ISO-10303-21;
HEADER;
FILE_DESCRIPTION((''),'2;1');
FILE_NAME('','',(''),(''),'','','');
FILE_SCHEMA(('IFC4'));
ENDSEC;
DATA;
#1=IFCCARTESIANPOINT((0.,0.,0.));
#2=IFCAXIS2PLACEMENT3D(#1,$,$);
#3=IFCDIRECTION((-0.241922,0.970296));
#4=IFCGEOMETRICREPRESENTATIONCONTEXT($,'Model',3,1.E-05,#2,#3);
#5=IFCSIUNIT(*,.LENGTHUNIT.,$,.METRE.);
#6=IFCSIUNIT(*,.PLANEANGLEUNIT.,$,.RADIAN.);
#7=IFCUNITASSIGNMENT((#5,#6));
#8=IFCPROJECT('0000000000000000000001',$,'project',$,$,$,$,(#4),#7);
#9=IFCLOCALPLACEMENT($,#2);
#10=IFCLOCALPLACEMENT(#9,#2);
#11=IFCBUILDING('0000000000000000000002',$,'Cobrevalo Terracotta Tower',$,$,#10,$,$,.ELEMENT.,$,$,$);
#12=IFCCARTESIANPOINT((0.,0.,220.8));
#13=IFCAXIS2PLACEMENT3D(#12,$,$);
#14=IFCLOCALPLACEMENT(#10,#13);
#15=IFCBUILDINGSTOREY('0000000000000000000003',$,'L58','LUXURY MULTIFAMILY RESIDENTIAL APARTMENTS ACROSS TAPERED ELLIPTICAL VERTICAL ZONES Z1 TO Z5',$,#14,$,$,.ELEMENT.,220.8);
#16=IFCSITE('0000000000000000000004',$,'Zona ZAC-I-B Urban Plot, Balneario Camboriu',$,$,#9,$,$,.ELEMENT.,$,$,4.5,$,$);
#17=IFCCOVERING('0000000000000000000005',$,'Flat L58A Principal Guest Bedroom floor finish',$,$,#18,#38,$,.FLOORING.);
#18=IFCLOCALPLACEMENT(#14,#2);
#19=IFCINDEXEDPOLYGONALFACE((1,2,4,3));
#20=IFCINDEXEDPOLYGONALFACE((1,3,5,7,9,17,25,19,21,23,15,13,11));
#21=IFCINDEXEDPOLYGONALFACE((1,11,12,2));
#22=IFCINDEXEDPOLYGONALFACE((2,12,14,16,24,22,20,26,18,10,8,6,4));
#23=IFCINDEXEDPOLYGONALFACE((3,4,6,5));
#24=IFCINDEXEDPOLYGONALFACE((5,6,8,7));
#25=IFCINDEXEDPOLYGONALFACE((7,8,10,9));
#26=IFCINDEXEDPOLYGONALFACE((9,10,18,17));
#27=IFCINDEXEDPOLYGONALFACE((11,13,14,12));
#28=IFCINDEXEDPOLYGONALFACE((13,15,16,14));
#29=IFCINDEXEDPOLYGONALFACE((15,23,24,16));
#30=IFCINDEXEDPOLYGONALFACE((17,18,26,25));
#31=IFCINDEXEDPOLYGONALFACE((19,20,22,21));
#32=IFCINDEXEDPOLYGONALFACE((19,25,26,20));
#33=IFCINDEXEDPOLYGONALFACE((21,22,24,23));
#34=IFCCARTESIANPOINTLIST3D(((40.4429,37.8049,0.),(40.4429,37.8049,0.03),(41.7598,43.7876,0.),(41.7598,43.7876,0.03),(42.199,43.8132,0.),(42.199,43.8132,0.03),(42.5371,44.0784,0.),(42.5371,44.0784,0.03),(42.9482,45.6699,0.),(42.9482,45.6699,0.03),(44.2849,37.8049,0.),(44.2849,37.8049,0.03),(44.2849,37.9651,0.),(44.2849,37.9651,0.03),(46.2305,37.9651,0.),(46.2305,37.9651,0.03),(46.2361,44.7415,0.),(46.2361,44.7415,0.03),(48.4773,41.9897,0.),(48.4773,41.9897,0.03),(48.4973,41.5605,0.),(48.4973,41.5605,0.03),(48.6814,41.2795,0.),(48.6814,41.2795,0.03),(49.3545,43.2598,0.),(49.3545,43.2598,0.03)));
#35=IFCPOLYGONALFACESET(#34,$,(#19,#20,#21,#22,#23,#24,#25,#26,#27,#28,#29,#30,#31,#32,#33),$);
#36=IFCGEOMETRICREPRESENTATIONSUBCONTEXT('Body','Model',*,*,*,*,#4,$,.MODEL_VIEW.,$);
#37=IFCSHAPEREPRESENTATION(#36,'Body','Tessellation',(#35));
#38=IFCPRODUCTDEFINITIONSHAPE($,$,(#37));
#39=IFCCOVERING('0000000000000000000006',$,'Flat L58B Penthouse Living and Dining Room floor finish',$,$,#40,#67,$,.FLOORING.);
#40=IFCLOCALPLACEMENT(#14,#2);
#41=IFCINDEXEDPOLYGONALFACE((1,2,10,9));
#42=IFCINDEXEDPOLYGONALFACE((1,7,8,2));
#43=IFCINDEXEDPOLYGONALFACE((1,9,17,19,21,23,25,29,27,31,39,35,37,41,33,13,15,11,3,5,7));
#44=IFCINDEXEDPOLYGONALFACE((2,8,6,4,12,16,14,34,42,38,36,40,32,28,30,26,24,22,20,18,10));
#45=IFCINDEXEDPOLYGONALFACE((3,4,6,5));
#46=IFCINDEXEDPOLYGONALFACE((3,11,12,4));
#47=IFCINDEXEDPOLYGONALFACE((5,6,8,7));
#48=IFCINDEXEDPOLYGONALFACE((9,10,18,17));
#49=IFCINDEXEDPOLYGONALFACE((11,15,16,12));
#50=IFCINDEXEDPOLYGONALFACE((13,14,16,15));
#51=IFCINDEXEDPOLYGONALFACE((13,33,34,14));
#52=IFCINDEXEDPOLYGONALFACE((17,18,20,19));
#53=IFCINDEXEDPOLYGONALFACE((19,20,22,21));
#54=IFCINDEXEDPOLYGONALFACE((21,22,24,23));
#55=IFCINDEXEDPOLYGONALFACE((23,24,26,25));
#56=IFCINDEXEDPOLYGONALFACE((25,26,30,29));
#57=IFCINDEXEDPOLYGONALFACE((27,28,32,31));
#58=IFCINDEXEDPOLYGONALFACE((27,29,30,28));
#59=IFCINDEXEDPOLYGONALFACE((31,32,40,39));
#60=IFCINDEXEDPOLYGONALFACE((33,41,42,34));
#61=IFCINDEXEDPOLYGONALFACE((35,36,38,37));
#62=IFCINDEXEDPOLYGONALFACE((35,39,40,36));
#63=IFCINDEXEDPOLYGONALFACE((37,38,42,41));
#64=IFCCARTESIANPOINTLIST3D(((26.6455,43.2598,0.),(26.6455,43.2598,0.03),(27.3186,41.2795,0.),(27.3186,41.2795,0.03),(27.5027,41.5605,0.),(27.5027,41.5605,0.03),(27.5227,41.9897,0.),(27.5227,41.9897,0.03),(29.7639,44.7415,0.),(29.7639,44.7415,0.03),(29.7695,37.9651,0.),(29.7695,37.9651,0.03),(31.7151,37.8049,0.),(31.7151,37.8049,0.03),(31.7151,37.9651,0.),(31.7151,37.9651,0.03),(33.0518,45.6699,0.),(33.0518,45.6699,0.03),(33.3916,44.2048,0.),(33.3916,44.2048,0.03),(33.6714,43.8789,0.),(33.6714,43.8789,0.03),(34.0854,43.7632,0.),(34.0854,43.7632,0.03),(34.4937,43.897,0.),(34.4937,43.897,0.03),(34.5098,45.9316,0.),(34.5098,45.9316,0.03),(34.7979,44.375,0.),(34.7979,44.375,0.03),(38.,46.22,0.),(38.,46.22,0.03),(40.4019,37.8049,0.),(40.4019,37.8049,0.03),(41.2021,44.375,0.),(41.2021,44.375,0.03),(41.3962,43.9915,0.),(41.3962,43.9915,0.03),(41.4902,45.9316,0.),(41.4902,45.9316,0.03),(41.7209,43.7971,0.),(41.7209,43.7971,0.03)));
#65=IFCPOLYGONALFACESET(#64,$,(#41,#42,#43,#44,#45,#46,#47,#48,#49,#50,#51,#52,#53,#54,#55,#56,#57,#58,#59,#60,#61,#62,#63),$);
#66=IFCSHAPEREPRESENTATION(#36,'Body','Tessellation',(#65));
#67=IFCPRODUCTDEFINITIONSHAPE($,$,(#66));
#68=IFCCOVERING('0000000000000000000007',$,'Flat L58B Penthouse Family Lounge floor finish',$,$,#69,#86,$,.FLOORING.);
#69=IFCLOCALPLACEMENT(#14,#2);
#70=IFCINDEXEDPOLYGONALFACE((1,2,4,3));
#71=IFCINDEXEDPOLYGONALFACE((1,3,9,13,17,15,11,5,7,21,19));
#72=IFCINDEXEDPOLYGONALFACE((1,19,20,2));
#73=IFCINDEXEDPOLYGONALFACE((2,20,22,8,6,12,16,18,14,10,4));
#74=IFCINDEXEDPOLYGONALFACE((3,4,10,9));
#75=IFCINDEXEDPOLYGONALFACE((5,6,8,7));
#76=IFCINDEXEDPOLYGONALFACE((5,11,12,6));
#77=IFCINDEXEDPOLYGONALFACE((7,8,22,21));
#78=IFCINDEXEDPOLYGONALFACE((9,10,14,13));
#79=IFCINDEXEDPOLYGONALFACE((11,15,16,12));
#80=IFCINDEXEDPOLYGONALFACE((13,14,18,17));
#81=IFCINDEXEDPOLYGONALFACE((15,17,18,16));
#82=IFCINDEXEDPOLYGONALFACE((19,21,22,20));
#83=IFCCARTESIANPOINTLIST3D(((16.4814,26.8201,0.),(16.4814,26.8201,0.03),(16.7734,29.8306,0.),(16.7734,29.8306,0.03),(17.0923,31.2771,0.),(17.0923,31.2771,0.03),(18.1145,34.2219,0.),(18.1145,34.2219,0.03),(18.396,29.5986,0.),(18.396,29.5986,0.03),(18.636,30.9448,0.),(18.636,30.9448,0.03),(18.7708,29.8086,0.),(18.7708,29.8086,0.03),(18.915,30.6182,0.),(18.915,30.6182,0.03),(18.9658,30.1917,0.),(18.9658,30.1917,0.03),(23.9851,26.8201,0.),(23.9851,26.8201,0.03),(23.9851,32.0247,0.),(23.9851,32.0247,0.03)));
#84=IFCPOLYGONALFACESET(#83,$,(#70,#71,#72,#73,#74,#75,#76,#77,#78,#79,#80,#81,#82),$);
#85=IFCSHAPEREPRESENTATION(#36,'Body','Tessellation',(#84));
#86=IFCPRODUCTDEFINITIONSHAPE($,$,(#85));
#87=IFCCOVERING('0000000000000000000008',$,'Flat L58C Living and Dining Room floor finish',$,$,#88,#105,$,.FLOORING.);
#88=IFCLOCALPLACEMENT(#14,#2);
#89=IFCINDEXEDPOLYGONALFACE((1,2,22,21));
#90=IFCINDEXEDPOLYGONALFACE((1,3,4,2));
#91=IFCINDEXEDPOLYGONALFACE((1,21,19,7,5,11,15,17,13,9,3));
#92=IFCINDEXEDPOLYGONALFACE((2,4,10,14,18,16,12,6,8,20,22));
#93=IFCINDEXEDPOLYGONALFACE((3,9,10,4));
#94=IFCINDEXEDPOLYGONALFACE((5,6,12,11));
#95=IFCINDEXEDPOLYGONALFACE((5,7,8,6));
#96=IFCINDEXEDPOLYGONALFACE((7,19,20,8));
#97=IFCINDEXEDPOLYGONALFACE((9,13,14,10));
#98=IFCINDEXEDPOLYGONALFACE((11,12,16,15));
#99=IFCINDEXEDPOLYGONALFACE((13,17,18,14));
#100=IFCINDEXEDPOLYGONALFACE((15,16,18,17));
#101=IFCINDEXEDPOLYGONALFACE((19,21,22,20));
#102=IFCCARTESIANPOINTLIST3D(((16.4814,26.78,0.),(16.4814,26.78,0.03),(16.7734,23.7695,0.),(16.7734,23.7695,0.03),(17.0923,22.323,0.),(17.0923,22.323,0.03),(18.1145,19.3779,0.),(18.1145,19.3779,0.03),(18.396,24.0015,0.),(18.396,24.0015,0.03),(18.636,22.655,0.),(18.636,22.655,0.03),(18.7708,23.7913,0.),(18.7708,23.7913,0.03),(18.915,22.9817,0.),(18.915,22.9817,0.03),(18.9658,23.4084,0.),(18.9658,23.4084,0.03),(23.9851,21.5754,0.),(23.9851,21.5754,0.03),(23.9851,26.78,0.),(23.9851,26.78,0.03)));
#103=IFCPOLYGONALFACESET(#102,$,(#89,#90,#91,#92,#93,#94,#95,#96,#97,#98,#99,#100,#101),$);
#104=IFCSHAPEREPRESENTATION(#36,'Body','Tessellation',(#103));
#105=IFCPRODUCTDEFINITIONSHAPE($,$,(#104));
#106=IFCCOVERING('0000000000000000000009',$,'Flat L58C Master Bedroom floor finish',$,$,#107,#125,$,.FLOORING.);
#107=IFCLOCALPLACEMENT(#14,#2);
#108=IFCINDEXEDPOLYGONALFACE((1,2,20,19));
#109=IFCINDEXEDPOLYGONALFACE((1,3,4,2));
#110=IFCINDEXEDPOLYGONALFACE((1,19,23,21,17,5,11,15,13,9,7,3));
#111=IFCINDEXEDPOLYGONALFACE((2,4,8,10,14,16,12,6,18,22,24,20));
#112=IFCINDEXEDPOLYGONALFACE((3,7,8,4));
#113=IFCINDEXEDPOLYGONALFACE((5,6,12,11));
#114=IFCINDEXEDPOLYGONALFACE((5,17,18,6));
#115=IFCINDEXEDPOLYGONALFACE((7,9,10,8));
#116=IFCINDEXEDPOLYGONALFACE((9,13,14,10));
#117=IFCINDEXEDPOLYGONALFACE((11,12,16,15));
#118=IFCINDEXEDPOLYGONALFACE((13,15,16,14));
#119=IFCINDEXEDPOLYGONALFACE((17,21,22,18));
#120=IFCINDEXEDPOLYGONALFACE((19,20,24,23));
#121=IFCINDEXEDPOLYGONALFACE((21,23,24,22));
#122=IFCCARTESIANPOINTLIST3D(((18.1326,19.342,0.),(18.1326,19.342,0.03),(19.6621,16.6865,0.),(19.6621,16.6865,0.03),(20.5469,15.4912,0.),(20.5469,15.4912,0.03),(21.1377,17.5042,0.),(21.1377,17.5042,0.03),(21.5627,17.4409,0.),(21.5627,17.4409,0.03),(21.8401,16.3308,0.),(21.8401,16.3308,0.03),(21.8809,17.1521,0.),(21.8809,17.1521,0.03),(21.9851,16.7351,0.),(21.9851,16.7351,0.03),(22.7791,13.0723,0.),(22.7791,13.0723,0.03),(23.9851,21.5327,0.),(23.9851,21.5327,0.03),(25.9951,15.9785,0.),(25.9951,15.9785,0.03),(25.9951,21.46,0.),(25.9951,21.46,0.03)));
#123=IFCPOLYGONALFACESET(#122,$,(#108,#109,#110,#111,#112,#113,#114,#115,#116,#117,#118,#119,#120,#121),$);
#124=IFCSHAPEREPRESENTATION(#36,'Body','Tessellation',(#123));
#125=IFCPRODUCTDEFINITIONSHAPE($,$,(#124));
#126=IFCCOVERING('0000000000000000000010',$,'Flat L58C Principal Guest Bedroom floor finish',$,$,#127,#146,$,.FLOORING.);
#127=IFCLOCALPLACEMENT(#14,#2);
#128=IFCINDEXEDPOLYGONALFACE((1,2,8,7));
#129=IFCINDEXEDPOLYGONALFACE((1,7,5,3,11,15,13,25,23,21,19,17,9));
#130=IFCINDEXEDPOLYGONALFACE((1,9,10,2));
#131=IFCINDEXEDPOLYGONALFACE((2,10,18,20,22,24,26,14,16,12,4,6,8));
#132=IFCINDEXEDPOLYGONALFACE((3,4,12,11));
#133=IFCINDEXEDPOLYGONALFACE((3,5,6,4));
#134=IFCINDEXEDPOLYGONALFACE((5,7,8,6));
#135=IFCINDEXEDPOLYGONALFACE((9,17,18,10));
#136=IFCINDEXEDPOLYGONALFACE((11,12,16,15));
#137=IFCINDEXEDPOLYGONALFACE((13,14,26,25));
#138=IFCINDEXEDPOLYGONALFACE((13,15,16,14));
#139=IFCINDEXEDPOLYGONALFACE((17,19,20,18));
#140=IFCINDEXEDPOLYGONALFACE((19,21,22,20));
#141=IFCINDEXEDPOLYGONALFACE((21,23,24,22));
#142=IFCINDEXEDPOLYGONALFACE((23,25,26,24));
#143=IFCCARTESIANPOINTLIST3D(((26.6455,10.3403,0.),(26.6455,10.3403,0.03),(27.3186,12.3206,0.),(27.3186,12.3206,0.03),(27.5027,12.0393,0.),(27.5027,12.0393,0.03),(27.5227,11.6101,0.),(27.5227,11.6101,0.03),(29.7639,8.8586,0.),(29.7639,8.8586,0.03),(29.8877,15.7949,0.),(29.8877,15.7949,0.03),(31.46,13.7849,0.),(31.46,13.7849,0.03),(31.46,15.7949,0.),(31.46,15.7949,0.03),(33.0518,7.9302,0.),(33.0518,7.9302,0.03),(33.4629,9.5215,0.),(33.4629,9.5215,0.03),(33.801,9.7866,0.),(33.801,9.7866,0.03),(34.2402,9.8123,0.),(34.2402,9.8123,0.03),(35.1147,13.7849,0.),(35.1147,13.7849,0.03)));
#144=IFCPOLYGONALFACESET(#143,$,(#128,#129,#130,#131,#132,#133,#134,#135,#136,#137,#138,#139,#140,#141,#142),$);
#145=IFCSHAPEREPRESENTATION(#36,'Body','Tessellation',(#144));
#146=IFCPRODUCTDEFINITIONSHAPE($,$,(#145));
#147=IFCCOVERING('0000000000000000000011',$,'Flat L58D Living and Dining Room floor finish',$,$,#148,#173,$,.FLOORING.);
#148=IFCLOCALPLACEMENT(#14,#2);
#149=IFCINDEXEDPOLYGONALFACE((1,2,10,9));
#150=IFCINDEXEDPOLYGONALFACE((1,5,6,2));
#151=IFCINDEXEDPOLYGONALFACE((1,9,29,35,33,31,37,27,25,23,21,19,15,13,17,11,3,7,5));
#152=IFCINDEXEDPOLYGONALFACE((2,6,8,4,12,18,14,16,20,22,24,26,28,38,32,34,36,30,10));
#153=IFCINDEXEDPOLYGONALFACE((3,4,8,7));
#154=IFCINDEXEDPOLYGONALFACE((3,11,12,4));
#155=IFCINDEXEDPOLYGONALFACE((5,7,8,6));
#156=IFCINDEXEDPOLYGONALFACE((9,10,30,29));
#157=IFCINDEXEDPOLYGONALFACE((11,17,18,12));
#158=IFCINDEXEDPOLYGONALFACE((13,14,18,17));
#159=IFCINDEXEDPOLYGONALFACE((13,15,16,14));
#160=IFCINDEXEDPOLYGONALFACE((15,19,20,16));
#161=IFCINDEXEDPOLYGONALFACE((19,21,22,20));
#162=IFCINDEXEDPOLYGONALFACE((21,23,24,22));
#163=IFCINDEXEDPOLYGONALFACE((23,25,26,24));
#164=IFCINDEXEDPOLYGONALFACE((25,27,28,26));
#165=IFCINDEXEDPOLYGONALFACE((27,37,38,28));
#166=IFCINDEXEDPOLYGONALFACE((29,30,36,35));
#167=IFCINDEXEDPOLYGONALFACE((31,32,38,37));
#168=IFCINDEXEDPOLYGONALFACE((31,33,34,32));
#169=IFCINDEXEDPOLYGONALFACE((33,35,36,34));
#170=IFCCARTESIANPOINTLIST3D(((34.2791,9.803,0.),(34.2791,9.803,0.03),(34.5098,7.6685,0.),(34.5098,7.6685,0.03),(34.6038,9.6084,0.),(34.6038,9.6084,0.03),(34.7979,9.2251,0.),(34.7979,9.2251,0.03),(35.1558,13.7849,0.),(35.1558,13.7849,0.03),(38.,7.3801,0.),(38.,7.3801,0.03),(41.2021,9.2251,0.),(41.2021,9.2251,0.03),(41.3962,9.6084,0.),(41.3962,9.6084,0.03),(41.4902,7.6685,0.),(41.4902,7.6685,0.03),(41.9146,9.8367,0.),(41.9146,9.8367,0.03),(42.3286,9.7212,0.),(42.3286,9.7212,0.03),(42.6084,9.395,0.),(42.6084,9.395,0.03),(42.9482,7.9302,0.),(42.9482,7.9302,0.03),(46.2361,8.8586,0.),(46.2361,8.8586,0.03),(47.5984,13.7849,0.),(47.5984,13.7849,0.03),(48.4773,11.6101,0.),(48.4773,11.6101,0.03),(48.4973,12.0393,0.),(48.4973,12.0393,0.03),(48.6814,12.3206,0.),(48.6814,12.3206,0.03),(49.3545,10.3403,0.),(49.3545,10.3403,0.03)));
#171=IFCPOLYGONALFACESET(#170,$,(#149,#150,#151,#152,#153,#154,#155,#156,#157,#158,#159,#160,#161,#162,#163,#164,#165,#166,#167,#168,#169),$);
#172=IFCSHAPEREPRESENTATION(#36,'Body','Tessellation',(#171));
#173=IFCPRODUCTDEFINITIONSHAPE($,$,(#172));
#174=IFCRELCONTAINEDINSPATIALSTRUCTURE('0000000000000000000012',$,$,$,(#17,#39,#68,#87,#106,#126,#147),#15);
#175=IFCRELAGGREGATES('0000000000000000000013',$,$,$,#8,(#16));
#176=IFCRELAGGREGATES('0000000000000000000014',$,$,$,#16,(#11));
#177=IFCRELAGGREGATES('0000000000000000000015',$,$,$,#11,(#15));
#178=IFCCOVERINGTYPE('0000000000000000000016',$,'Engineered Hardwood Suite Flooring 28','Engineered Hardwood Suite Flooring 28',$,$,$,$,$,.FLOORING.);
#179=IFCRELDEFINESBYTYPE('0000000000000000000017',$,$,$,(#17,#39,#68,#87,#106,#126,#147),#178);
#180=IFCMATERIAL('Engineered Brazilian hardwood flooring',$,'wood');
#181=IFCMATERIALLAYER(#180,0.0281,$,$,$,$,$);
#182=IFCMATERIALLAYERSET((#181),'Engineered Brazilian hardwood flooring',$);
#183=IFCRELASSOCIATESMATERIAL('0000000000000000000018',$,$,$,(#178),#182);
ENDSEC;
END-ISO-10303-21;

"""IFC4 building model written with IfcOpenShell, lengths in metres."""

from ifc_helpers import new_model, si_unit, direction, frame, origin, place, context, subcontext, project, spatial, polyline, outline, extrude, material, layer, layer_set, type_object, element, save


model = new_model("IFC4")

# Units and contexts
model_context = context("Model", 3, precision=1e-05, world=origin(), true_north=direction((-0.241922, 0.970296)))
body_context = subcontext(model_context, "Body", "Model", "MODEL_VIEW")
ifc_project = project(units=[si_unit("LENGTHUNIT", "METRE"), si_unit("PLANEANGLEUNIT", "RADIAN")], contexts=[model_context])

# Site, building, storey
site_placement = place(None, origin())
site = spatial("IfcSite", under=ifc_project, at=site_placement, Name="Zona ZAC-I-B Urban Plot, Balneario Camboriu", CompositionType="ELEMENT", RefElevation=4.5)
building_placement = place(site_placement, origin())
building = spatial("IfcBuilding", under=site, at=building_placement, Name="Cobrevalo Terracotta Tower", CompositionType="ELEMENT")
storey_placement = place(building_placement, frame((0.0, 0.0, 220.8)))
storey = spatial("IfcBuildingStorey", under=building, at=storey_placement, Name="L58", Description="LUXURY MULTIFAMILY RESIDENTIAL APARTMENTS ACROSS TAPERED ELLIPTICAL VERTICAL ZONES Z1 TO Z5", CompositionType="ELEMENT", Elevation=220.8)

# Coverings
ifc_material_1 = material(Name="Engineered Brazilian hardwood flooring", Category="wood")
ifc_layer_1 = layer(ifc_material_1, 0.0281)
ifc_layer_set_1 = layer_set([ifc_layer_1], Name="Engineered Brazilian hardwood flooring")
covering_type_1 = type_object("IfcCoveringType", Name="Engineered Hardwood Suite Flooring 28", Description="Engineered Hardwood Suite Flooring 28", PredefinedType="FLOORING", material=ifc_layer_set_1)
covering_1_placement = place(storey_placement, origin())
element("IfcCovering", 1, at=covering_1_placement, inside=storey, type_object=covering_type_1, Name="Flat L58A Principal Guest Bedroom floor finish", PredefinedType="FLOORING", context=body_context, shape_type="SweptSolid", body=[
    extrude(outline(polyline([(49.3545, 43.2598), (48.4773, 41.9897), (48.4973, 41.5605), (48.6814, 41.2795), (46.2305, 37.9651), (44.2849, 37.9651), (44.2849, 37.8049), (40.4429, 37.8049), (41.7598, 43.7876), (42.199, 43.8132), (42.5371, 44.0784), (42.9482, 45.6699), (46.2361, 44.7415), (49.3545, 43.2598)])), origin(), (0.0, 0.0, 1.0), 0.03),
])
covering_2_placement = place(storey_placement, origin())
element("IfcCovering", 2, at=covering_2_placement, inside=storey, type_object=covering_type_1, Name="Flat L58B Penthouse Living and Dining Room floor finish", PredefinedType="FLOORING", context=body_context, shape_type="SweptSolid", body=[
    extrude(outline(polyline([(29.7639, 44.7415), (33.0518, 45.6699), (33.3916, 44.2048), (33.6714, 43.8789), (34.0854, 43.7632), (34.4937, 43.897), (34.7979, 44.375), (34.5098, 45.9316), (38.0, 46.22), (41.4902, 45.9316), (41.2021, 44.375), (41.3962, 43.9915), (41.7209, 43.7971), (40.4019, 37.8049), (31.7151, 37.8049), (31.7151, 37.9651), (29.7695, 37.9651), (27.3186, 41.2795), (27.5027, 41.5605), (27.5227, 41.9897), (26.6455, 43.2598), (29.7639, 44.7415)])), origin(), (0.0, 0.0, 1.0), 0.03),
])
covering_3_placement = place(storey_placement, origin())
element("IfcCovering", 3, at=covering_3_placement, inside=storey, type_object=covering_type_1, Name="Flat L58B Penthouse Family Lounge floor finish", PredefinedType="FLOORING", context=body_context, shape_type="SweptSolid", body=[
    extrude(outline(polyline([(23.9851, 32.0247), (23.9851, 26.8201), (16.4814, 26.8201), (16.7734, 29.8306), (18.396, 29.5986), (18.7708, 29.8086), (18.9658, 30.1917), (18.915, 30.6182), (18.636, 30.9448), (17.0923, 31.2771), (18.1145, 34.2219), (23.9851, 32.0247)])), origin(), (0.0, 0.0, 1.0), 0.03),
])
covering_4_placement = place(storey_placement, origin())
element("IfcCovering", 4, at=covering_4_placement, inside=storey, type_object=covering_type_1, Name="Flat L58C Living and Dining Room floor finish", PredefinedType="FLOORING", context=body_context, shape_type="SweptSolid", body=[
    extrude(outline(polyline([(18.1145, 19.3779), (17.0923, 22.323), (18.636, 22.655), (18.915, 22.9817), (18.9658, 23.4084), (18.7708, 23.7913), (18.396, 24.0015), (16.7734, 23.7695), (16.4814, 26.78), (23.9851, 26.78), (23.9851, 21.5754), (18.1145, 19.3779)])), origin(), (0.0, 0.0, 1.0), 0.03),
])
covering_5_placement = place(storey_placement, origin())
element("IfcCovering", 5, at=covering_5_placement, inside=storey, type_object=covering_type_1, Name="Flat L58C Master Bedroom floor finish", PredefinedType="FLOORING", context=body_context, shape_type="SweptSolid", body=[
    extrude(outline(polyline([(22.7791, 13.0723), (20.5469, 15.4912), (21.8401, 16.3308), (21.9851, 16.7351), (21.8809, 17.1521), (21.5627, 17.4409), (21.1377, 17.5042), (19.6621, 16.6865), (18.1326, 19.342), (23.9851, 21.5327), (25.9951, 21.46), (25.9951, 15.9785), (22.7791, 13.0723)])), origin(), (0.0, 0.0, 1.0), 0.03),
])
covering_6_placement = place(storey_placement, origin())
element("IfcCovering", 6, at=covering_6_placement, inside=storey, type_object=covering_type_1, Name="Flat L58C Principal Guest Bedroom floor finish", PredefinedType="FLOORING", context=body_context, shape_type="SweptSolid", body=[
    extrude(outline(polyline([(26.6455, 10.3403), (27.5227, 11.6101), (27.5027, 12.0393), (27.3186, 12.3206), (29.8877, 15.7949), (31.46, 15.7949), (31.46, 13.7849), (35.1147, 13.7849), (34.2402, 9.8123), (33.801, 9.7866), (33.4629, 9.5215), (33.0518, 7.9302), (29.7639, 8.8586), (26.6455, 10.3403)])), origin(), (0.0, 0.0, 1.0), 0.03),
])
covering_7_placement = place(storey_placement, origin())
element("IfcCovering", 7, at=covering_7_placement, inside=storey, type_object=covering_type_1, Name="Flat L58D Living and Dining Room floor finish", PredefinedType="FLOORING", context=body_context, shape_type="SweptSolid", body=[
    extrude(outline(polyline([(46.2361, 8.8586), (42.9482, 7.9302), (42.6084, 9.395), (42.3286, 9.7212), (41.9146, 9.8367), (41.3962, 9.6084), (41.2021, 9.2251), (41.4902, 7.6685), (38.0, 7.3801), (34.5098, 7.6685), (34.7979, 9.2251), (34.6038, 9.6084), (34.2791, 9.803), (35.1558, 13.7849), (47.5984, 13.7849), (48.6814, 12.3206), (48.4973, 12.0393), (48.4773, 11.6101), (49.3545, 10.3403), (46.2361, 8.8586)])), origin(), (0.0, 0.0, 1.0), 0.03),
])

save(model, "model.ifc")
